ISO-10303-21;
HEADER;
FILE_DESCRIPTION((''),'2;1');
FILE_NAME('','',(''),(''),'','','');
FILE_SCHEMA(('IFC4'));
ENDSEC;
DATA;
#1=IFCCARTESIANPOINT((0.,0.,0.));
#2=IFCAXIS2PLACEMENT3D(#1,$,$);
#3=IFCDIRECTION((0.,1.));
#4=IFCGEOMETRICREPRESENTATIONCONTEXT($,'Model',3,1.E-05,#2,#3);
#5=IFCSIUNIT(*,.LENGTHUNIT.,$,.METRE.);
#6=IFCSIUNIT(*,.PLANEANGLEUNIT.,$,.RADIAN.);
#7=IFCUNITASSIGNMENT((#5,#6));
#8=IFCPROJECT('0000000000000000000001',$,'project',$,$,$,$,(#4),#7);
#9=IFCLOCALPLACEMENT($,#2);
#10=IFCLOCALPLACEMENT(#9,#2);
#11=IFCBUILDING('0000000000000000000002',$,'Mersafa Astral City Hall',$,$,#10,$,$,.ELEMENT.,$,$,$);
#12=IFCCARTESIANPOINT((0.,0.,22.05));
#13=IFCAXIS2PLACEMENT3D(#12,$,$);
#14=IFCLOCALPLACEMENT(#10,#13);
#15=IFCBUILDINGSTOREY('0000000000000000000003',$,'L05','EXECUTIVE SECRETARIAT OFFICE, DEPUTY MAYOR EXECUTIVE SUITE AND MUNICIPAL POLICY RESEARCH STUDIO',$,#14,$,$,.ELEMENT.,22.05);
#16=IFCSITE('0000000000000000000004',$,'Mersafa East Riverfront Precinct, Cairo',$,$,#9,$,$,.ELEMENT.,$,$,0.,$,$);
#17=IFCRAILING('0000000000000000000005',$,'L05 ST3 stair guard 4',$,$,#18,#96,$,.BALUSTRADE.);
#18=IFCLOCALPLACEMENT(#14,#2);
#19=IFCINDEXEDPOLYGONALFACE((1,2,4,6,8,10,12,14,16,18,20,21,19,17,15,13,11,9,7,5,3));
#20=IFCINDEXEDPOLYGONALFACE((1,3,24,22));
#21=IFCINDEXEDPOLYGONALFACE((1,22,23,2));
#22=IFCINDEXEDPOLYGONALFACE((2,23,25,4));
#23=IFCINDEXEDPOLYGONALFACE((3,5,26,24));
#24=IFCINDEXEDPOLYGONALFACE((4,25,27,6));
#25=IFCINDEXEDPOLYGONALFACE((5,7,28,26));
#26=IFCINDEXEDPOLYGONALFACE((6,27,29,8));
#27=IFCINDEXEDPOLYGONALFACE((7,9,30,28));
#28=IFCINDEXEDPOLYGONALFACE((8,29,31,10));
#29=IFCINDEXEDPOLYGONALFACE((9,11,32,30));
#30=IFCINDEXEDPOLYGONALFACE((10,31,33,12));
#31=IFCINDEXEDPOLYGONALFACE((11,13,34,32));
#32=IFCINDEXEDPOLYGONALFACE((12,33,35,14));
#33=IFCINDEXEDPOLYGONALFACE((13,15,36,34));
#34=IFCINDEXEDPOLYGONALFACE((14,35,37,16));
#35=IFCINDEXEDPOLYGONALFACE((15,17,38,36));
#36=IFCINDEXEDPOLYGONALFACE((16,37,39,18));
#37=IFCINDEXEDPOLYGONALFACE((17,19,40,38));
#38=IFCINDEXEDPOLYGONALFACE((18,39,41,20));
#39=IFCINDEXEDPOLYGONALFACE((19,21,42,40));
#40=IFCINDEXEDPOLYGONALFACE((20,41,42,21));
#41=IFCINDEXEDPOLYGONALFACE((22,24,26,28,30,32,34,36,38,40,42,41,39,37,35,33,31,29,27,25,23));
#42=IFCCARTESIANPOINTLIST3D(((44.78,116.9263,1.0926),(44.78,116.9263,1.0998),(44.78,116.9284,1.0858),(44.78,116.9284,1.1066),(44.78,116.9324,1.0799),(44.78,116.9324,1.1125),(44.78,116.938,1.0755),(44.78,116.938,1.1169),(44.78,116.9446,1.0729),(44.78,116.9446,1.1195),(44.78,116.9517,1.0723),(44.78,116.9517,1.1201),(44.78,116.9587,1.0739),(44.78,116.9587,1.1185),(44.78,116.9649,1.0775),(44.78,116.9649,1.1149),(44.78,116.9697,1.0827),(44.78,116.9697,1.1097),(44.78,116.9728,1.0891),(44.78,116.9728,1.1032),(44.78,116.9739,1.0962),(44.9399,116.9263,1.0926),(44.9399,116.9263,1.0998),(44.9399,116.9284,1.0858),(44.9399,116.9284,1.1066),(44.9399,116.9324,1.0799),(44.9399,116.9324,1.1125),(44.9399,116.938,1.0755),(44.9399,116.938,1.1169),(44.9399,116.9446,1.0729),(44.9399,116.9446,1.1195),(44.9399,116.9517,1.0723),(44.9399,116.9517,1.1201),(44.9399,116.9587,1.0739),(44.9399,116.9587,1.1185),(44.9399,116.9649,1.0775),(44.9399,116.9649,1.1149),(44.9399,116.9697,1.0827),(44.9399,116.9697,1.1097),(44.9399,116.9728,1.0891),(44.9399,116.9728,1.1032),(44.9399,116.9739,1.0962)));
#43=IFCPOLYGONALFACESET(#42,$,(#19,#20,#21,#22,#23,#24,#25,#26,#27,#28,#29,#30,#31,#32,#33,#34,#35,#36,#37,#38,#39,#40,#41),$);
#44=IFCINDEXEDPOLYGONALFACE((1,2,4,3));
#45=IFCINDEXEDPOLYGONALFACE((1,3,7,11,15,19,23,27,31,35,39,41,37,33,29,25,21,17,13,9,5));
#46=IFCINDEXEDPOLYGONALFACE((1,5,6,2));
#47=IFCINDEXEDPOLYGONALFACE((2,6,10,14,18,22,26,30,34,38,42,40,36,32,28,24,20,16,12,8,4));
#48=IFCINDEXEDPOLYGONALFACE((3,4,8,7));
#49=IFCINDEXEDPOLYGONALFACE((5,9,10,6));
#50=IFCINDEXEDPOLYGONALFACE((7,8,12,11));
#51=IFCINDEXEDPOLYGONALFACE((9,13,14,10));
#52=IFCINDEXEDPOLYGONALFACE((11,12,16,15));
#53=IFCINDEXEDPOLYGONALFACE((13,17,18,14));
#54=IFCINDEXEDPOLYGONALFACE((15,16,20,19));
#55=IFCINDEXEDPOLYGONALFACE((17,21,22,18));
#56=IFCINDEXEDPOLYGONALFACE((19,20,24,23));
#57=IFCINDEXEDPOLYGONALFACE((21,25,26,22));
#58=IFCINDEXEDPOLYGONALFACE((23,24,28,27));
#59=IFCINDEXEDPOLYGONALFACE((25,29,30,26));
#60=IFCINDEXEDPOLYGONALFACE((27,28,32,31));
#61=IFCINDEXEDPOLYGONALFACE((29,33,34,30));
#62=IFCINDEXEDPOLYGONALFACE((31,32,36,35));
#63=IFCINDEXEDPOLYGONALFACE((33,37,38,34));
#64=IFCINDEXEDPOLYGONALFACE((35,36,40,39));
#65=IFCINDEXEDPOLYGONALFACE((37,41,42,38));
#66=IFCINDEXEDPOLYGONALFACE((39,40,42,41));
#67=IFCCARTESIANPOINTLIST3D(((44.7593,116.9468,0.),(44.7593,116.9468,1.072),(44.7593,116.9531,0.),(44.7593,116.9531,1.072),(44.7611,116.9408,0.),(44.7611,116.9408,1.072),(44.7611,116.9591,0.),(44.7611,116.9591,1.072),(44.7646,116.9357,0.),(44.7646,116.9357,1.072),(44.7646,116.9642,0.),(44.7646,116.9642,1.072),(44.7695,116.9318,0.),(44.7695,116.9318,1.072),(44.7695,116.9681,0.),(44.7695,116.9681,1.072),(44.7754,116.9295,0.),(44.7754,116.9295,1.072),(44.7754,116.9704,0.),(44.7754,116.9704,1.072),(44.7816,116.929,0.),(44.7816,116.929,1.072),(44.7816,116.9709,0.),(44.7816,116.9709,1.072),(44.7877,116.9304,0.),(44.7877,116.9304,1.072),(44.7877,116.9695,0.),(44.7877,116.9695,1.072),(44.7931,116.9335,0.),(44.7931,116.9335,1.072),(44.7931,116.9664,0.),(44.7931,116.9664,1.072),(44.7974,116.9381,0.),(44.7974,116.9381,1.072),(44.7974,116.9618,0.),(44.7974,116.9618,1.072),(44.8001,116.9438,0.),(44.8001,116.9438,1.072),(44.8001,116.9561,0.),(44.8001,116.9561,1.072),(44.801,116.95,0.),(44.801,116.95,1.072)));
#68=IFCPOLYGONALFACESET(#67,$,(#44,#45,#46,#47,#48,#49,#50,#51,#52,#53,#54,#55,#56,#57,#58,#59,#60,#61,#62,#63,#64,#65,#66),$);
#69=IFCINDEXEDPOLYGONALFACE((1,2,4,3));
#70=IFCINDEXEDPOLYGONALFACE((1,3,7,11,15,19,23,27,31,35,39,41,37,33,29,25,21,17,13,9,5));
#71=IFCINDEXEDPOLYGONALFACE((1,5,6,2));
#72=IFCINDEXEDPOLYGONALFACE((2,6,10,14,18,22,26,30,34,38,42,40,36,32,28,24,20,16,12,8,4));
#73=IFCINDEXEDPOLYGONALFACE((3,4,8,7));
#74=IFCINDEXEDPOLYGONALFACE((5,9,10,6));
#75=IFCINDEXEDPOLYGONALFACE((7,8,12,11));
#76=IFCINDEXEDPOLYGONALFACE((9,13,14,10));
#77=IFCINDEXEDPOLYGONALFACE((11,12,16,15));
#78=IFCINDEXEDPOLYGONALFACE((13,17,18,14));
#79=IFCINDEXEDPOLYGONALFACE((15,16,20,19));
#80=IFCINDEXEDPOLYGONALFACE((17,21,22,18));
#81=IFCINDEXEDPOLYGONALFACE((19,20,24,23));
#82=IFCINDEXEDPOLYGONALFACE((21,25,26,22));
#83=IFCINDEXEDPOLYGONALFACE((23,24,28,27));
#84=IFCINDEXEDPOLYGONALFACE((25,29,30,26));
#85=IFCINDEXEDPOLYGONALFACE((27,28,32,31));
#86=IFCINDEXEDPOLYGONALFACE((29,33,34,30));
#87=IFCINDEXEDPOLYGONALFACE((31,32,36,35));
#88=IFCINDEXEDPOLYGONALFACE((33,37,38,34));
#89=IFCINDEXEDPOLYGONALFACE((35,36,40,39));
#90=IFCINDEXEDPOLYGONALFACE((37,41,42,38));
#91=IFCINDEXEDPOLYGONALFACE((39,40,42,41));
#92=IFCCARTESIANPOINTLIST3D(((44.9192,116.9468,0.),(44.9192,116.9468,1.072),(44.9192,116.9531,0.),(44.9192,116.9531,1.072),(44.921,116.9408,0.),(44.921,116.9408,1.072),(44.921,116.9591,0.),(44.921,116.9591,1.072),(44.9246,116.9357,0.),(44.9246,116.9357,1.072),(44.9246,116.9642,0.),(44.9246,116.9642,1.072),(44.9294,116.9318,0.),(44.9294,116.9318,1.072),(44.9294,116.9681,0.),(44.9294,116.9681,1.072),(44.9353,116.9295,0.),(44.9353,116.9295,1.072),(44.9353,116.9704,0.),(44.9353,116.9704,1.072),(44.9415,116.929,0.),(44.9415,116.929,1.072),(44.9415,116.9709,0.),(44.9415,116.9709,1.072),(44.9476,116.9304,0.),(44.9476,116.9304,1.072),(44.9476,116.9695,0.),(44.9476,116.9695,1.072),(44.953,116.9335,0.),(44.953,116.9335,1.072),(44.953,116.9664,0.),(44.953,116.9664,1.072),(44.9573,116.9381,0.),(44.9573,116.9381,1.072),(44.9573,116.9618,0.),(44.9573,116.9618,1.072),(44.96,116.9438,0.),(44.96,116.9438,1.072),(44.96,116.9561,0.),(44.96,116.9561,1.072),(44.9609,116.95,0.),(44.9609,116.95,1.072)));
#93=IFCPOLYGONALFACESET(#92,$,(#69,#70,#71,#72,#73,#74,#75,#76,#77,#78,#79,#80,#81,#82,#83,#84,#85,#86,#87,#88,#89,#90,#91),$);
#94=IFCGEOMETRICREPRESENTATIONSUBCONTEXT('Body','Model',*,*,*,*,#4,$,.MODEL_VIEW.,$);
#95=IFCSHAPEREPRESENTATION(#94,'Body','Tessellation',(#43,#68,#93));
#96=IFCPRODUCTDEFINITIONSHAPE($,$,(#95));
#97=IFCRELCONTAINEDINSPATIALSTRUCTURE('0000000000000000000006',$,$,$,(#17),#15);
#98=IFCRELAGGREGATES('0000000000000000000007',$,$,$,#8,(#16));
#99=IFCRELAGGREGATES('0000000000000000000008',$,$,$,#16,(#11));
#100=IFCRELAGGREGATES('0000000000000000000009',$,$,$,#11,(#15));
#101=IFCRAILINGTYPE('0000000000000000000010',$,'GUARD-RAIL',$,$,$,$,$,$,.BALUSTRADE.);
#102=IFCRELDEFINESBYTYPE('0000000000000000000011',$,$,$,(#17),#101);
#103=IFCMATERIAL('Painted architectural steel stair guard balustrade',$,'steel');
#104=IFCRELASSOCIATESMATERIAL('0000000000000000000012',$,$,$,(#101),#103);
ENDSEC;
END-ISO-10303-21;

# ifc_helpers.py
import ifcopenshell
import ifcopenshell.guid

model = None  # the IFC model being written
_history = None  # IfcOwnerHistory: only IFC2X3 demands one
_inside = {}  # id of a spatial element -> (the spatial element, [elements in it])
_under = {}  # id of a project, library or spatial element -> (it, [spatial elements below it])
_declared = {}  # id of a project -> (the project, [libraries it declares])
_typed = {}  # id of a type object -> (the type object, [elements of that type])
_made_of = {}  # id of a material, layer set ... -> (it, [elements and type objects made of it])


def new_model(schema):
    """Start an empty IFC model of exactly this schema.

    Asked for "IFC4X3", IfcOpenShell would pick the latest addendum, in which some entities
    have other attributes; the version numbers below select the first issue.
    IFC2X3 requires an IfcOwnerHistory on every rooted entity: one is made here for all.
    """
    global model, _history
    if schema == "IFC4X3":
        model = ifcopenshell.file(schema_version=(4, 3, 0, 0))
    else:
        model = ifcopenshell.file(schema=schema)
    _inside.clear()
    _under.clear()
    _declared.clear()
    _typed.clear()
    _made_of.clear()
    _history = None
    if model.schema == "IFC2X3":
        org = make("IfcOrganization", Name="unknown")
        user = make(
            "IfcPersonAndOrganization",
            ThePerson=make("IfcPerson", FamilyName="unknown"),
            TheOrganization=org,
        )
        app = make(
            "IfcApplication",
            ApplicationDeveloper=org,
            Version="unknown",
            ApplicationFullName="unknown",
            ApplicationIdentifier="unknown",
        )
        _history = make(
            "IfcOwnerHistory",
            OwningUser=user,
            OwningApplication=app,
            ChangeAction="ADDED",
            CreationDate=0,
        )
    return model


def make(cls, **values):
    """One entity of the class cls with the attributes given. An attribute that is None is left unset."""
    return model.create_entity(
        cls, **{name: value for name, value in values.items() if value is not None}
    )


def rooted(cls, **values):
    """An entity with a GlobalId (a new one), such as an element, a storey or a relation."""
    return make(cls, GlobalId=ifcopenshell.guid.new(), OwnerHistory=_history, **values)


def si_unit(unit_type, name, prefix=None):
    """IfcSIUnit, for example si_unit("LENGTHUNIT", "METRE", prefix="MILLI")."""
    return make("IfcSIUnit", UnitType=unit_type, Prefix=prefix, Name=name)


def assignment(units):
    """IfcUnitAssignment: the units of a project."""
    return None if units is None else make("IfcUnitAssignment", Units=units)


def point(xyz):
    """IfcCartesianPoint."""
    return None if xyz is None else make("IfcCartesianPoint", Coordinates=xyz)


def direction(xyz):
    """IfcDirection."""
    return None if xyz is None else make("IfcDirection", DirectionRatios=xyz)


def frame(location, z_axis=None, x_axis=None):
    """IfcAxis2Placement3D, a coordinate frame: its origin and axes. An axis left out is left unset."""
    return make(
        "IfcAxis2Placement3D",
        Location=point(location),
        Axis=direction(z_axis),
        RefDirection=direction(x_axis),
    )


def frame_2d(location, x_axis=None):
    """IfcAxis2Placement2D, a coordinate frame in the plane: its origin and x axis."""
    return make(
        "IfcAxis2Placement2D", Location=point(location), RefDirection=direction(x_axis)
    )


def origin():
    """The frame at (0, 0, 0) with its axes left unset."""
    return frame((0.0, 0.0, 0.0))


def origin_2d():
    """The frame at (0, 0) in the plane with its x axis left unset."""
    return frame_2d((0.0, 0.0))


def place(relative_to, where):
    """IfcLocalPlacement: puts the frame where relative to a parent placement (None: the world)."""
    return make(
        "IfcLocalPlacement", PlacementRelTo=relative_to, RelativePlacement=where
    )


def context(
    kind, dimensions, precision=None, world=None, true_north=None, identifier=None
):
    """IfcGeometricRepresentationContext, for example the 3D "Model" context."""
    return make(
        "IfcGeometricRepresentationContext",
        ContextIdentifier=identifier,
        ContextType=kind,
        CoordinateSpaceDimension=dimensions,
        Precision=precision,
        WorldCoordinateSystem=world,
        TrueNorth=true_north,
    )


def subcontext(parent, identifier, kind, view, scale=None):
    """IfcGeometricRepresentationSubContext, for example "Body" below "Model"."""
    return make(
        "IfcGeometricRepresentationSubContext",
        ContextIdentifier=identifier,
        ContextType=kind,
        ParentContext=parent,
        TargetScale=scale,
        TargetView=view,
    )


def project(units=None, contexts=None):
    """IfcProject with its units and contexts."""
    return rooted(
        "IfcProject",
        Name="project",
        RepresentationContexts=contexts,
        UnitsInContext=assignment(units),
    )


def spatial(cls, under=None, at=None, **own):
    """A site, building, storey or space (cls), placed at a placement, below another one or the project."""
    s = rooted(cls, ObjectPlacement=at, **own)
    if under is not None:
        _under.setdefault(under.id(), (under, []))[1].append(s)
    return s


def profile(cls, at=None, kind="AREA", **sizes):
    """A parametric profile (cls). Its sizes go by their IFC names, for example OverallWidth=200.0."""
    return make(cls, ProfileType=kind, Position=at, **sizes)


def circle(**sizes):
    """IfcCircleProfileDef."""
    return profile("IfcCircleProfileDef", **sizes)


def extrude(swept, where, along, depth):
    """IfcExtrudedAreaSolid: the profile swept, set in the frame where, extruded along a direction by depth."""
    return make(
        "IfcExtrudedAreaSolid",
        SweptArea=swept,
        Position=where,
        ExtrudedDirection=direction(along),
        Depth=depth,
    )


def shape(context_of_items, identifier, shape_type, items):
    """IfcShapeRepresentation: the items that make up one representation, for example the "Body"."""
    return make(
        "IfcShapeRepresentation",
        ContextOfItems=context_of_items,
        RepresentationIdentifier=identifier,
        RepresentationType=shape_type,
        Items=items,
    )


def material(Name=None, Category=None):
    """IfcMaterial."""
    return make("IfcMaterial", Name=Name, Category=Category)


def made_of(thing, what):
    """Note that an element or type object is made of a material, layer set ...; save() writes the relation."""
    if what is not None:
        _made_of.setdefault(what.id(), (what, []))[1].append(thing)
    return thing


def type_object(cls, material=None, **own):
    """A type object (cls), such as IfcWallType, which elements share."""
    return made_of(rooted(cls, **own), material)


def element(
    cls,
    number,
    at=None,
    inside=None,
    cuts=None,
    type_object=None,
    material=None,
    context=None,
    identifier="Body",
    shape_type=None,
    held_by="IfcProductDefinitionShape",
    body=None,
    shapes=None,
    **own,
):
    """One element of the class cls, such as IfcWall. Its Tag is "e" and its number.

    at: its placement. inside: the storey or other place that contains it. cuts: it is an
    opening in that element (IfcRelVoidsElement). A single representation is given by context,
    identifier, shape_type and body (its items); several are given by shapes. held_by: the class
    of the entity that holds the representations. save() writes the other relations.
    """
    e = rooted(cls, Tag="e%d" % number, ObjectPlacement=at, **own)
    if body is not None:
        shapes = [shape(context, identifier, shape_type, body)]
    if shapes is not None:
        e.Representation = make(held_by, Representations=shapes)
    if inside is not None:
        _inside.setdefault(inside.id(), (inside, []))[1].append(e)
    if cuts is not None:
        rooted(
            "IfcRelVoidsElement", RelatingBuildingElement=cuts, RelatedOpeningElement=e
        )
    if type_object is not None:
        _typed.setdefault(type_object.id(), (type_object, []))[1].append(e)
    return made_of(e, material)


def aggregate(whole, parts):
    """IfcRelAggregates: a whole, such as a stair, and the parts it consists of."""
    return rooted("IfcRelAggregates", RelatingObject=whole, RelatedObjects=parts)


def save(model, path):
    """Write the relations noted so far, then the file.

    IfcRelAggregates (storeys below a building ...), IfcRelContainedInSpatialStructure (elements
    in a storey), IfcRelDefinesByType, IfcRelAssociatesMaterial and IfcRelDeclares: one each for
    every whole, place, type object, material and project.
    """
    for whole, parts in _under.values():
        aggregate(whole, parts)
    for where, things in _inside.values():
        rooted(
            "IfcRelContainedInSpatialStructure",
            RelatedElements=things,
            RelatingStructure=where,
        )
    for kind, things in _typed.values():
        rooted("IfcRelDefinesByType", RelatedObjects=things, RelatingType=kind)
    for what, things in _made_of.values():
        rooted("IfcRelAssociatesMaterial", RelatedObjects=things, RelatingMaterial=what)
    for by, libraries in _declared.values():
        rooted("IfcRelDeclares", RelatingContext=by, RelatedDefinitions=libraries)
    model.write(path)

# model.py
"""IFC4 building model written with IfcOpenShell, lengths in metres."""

from ifc_helpers import new_model, si_unit, direction, frame, origin, origin_2d, place, context, subcontext, project, spatial, circle, extrude, material, type_object, element, save


model = new_model("IFC4")

# Units and contexts
model_context = context("Model", 3, precision=1e-05, world=origin(), true_north=direction((0.0, 1.0)))
body_context = subcontext(model_context, "Body", "Model", "MODEL_VIEW")
ifc_project = project(units=[si_unit("LENGTHUNIT", "METRE"), si_unit("PLANEANGLEUNIT", "RADIAN")], contexts=[model_context])

# Site, building, storey
site_placement = place(None, origin())
site = spatial("IfcSite", under=ifc_project, at=site_placement, Name="Mersafa East Riverfront Precinct, Cairo", CompositionType="ELEMENT", RefElevation=0.0)
building_placement = place(site_placement, origin())
building = spatial("IfcBuilding", under=site, at=building_placement, Name="Mersafa Astral City Hall", CompositionType="ELEMENT")
storey_placement = place(building_placement, frame((0.0, 0.0, 22.05)))
storey = spatial("IfcBuildingStorey", under=building, at=storey_placement, Name="L05", Description="EXECUTIVE SECRETARIAT OFFICE, DEPUTY MAYOR EXECUTIVE SUITE AND MUNICIPAL POLICY RESEARCH STUDIO", CompositionType="ELEMENT", Elevation=22.05)

# Railing
ifc_material_1 = material(Name="Painted architectural steel stair guard balustrade", Category="steel")
railing_type_1 = type_object("IfcRailingType", Name="GUARD-RAIL", PredefinedType="BALUSTRADE", material=ifc_material_1)
railing_1_placement = place(storey_placement, frame((44.78, 116.95, 0.0)))
element("IfcRailing", 1, at=railing_1_placement, inside=storey, type_object=railing_type_1, Name="L05 ST3 stair guard 4", PredefinedType="BALUSTRADE", context=body_context, shape_type="SweptSolid", body=[
    extrude(circle(Radius=0.0239, at=origin_2d()), frame((0.0, 0.0, 1.0962), z_axis=(1.0, 0.0, 0.0), x_axis=(0.0, 1.0, 0.0)), (0.0, 0.0, 1.0), 0.1599),
    extrude(circle(Radius=0.021, at=origin_2d()), origin(), (0.0, 0.0, 1.0), 1.072),
    extrude(circle(Radius=0.021, at=origin_2d()), frame((0.1599, 0.0, 0.0)), (0.0, 0.0, 1.0), 1.072),
])

save(model, "model.ifc")
